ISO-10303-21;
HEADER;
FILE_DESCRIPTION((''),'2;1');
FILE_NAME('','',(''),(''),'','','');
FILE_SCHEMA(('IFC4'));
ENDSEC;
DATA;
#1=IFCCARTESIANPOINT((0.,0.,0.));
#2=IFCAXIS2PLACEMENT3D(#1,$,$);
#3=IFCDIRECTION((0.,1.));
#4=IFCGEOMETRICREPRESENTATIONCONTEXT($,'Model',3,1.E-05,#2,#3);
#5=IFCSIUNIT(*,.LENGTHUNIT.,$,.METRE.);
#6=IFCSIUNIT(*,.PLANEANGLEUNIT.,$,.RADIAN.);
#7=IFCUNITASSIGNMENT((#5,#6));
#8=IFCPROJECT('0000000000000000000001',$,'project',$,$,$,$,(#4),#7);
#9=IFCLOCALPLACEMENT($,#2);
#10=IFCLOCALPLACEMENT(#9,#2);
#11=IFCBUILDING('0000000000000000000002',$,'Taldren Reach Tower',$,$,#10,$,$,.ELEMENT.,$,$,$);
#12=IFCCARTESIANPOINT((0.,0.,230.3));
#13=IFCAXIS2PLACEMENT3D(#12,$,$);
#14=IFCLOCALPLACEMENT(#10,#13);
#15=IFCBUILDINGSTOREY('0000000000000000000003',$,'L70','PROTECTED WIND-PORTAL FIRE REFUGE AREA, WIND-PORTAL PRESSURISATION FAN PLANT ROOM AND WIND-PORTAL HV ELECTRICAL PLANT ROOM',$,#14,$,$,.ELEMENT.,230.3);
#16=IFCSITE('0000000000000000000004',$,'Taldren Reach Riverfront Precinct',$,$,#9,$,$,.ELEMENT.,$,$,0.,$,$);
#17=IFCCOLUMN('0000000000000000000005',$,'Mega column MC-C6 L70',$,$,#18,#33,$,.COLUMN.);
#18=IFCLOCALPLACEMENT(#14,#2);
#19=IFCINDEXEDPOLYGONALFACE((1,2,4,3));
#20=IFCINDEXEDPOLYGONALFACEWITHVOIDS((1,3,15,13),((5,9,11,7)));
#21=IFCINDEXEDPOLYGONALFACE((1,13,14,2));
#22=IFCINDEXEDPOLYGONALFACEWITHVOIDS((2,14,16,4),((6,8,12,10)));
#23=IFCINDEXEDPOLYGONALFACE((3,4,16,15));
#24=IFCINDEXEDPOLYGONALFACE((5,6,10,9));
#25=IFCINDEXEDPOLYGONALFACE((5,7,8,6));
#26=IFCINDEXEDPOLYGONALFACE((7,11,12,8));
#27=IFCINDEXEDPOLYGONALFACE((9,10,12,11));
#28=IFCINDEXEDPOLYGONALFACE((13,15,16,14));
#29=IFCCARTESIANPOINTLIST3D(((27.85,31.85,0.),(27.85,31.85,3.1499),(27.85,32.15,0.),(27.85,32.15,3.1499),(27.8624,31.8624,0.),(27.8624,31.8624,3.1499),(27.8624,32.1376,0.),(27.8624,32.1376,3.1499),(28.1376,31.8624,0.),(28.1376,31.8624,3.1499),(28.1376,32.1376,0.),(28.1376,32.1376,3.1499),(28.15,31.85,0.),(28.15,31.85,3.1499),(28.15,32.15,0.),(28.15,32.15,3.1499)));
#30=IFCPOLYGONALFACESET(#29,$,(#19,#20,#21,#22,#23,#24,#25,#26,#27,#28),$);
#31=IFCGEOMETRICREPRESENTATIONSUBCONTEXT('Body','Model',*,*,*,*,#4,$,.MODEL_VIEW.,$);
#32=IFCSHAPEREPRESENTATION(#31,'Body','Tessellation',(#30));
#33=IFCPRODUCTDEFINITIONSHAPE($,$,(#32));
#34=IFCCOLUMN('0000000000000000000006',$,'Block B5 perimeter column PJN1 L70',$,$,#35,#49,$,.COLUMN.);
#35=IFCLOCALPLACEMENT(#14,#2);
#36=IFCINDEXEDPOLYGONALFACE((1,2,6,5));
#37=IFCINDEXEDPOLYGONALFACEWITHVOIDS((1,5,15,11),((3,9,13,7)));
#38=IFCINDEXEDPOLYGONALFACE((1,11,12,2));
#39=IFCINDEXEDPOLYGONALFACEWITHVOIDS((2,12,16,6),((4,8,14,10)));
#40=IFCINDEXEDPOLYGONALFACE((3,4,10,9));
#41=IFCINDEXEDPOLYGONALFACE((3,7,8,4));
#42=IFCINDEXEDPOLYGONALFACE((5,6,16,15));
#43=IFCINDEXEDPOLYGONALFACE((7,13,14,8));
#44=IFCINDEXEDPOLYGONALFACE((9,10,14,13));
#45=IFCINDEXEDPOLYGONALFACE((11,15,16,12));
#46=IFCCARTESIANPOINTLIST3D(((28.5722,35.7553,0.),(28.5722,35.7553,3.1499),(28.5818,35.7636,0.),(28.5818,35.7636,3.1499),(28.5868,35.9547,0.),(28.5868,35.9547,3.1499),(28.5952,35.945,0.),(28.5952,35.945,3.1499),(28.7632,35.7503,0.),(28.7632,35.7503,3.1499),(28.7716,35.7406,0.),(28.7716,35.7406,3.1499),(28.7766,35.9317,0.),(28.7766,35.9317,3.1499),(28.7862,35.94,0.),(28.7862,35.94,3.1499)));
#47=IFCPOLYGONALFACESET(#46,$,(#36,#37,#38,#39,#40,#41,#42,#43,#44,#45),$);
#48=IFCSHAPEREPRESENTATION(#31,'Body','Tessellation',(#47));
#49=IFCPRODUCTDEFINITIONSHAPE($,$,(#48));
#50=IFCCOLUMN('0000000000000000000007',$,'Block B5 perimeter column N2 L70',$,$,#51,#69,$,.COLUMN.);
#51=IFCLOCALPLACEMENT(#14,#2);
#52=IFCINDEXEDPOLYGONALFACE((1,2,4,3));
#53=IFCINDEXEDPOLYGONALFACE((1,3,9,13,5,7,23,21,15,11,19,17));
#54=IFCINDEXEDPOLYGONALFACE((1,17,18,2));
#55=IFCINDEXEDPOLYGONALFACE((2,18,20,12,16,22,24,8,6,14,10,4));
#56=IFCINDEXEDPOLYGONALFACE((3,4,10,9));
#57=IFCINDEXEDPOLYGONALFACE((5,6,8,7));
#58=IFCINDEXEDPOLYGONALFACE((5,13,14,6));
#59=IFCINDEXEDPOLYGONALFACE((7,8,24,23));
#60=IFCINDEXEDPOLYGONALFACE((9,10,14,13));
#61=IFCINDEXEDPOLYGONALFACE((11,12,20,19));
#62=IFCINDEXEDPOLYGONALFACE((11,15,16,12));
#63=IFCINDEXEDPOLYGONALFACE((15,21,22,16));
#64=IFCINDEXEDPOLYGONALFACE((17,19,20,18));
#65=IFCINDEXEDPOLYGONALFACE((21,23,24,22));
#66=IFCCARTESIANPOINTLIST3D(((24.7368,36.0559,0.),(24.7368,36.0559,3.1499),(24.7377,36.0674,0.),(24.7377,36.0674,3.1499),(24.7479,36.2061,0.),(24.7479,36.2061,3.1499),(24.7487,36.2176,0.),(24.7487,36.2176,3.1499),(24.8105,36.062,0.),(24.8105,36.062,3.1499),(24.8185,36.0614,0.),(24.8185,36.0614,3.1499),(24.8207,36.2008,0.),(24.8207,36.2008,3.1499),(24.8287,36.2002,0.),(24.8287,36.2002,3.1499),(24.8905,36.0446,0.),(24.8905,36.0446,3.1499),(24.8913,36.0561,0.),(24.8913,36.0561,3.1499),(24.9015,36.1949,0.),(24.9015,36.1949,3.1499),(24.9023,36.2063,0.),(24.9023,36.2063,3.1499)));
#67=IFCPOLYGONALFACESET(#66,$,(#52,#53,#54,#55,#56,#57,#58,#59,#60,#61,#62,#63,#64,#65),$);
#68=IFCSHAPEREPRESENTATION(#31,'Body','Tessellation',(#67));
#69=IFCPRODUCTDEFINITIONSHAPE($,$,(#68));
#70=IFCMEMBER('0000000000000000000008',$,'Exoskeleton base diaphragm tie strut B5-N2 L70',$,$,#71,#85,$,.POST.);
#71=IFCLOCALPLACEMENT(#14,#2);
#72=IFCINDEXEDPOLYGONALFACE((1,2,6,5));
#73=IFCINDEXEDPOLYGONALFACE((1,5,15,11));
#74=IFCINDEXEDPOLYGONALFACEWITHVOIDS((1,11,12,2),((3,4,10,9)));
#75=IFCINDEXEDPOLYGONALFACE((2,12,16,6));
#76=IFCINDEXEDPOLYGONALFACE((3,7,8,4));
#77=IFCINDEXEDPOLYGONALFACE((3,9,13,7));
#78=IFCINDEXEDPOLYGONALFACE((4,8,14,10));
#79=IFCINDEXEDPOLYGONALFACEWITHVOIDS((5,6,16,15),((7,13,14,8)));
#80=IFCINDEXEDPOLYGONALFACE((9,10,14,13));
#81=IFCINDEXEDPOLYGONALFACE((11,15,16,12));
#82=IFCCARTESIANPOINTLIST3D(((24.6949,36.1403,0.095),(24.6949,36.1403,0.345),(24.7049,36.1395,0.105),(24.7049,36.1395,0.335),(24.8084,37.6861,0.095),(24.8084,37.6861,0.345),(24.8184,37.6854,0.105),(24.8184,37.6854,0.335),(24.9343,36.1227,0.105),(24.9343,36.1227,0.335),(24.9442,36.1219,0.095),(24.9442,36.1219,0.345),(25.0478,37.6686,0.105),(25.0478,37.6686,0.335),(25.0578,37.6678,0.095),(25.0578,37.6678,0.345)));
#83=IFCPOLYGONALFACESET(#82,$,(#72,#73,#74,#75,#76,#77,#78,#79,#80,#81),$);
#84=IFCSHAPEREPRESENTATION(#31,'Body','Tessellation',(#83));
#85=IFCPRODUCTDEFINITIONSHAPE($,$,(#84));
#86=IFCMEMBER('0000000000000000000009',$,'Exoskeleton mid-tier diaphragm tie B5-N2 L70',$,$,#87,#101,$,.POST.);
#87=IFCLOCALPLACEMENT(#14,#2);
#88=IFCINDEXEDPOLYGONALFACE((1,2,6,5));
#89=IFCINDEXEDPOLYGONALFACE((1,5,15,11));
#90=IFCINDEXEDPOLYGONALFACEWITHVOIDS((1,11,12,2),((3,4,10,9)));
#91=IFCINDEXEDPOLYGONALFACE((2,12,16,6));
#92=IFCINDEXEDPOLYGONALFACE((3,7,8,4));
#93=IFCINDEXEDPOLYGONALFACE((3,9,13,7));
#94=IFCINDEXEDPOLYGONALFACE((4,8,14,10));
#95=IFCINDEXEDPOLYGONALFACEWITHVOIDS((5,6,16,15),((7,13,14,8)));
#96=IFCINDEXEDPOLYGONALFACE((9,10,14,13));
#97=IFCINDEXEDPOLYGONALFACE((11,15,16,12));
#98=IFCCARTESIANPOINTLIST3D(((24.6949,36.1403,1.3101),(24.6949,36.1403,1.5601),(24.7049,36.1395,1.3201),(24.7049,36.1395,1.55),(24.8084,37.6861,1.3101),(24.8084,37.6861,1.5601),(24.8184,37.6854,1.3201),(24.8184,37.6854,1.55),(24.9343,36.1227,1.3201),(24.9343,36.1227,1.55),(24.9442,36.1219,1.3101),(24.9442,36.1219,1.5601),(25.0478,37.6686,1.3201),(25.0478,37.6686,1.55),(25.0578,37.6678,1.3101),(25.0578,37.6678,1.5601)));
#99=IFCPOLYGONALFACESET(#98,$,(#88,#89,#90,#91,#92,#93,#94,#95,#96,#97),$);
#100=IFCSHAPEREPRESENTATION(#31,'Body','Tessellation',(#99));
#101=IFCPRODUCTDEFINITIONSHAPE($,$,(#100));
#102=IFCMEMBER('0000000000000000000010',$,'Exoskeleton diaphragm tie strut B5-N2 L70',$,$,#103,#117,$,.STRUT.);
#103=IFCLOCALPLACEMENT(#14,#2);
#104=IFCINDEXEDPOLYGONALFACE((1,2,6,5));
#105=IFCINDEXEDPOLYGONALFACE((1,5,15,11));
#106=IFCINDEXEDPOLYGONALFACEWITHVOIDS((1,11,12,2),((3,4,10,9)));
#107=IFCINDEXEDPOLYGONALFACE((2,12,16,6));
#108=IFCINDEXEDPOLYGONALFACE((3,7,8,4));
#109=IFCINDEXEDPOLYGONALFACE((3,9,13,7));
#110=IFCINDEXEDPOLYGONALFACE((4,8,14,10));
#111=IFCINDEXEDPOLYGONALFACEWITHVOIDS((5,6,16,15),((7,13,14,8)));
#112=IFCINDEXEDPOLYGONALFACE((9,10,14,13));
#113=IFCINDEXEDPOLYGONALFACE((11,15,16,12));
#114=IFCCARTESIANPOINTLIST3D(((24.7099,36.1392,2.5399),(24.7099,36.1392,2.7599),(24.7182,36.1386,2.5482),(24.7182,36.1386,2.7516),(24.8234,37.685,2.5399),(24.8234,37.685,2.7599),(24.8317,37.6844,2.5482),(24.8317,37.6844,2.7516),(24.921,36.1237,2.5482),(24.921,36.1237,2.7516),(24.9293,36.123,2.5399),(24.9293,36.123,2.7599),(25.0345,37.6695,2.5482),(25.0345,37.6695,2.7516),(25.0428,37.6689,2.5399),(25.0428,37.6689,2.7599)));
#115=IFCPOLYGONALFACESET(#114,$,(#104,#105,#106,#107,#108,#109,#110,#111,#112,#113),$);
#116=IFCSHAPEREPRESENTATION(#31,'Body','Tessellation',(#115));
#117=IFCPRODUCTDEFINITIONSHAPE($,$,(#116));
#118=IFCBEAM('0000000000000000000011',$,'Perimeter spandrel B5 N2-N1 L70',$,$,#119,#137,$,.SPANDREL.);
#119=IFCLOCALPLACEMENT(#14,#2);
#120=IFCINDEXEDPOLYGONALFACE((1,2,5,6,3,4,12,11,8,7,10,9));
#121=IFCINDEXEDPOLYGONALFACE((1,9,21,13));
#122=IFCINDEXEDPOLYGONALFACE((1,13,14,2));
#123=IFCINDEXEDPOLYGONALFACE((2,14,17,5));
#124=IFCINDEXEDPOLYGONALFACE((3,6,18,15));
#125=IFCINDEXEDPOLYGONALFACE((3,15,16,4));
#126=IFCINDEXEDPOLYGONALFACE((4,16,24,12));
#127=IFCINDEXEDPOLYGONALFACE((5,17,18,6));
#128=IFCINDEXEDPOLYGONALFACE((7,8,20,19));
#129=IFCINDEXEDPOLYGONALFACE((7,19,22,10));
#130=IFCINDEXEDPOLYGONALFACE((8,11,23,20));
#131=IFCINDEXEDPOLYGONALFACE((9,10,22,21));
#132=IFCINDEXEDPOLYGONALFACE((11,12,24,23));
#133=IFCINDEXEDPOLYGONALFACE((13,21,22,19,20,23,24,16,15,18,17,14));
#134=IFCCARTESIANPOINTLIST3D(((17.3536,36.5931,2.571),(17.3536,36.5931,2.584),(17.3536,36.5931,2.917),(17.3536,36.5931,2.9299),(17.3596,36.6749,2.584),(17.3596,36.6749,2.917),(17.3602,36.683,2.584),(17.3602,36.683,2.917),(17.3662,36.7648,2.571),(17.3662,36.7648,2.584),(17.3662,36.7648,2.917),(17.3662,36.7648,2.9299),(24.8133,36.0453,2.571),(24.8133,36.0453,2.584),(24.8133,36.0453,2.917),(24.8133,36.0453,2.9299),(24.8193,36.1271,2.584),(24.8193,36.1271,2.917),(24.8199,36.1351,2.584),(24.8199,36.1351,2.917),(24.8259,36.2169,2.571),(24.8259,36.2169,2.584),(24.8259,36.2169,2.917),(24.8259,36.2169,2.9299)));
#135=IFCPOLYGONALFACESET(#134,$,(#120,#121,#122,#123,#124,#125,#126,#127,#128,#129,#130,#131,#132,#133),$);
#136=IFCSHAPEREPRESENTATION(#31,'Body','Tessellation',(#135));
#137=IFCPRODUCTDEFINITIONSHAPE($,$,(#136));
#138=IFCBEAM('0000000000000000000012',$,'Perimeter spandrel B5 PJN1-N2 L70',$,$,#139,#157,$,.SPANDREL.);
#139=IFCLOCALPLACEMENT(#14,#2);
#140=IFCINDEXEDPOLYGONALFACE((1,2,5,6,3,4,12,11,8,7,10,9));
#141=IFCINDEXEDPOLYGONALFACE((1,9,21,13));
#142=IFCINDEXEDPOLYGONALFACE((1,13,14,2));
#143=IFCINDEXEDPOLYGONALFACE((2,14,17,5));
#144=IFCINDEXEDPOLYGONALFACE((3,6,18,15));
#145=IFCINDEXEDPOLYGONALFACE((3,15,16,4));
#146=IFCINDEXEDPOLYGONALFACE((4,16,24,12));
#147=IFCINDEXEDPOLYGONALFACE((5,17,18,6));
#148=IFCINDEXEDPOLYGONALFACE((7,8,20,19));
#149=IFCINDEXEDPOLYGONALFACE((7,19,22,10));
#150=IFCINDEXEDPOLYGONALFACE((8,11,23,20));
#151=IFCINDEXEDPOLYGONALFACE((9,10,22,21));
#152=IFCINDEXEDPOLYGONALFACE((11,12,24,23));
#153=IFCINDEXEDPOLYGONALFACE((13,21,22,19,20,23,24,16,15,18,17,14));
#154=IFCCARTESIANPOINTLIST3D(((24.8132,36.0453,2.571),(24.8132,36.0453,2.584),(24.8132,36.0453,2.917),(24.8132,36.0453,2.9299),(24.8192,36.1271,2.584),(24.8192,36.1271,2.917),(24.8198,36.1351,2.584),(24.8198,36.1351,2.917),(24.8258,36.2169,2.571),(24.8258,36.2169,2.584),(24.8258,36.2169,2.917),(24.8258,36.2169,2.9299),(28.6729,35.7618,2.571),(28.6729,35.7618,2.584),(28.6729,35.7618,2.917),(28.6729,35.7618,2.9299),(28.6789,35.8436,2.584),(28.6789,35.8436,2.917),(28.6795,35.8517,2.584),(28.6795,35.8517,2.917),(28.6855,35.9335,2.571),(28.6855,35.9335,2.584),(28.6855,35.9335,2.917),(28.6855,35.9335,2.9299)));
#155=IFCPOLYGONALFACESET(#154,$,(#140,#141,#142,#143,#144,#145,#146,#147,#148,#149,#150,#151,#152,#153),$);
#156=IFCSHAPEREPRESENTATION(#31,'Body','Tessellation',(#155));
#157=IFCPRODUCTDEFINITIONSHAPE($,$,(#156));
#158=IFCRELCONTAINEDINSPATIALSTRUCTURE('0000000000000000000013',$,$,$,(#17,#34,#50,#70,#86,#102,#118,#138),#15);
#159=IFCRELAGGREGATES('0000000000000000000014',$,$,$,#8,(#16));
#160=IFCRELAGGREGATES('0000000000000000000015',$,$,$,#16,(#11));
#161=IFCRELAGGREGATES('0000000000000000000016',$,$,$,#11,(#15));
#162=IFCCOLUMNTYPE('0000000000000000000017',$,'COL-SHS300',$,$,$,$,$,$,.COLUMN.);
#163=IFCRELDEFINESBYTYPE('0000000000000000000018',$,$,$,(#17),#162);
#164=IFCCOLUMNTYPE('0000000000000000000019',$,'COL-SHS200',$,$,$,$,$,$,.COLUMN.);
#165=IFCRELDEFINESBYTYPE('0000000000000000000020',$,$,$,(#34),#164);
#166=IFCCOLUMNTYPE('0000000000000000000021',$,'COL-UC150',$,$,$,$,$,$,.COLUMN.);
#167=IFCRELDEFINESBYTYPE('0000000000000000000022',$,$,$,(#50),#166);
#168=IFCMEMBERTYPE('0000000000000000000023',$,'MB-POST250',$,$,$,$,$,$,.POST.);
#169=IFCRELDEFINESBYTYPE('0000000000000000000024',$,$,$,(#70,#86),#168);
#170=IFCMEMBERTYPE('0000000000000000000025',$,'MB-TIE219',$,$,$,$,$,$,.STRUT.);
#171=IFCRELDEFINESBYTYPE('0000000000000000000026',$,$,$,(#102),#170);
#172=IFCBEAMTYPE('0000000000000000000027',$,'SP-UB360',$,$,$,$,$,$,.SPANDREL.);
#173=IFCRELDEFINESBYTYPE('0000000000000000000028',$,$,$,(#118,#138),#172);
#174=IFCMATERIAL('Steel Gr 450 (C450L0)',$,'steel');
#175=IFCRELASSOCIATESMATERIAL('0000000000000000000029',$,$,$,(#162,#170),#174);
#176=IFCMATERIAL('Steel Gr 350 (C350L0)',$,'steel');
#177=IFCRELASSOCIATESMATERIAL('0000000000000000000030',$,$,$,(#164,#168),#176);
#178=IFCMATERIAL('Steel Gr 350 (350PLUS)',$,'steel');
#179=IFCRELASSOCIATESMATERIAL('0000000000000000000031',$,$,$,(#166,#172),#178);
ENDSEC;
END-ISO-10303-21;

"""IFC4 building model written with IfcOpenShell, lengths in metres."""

from ifc_helpers import new_model, si_unit, direction, frame, origin, origin_2d, place, context, subcontext, project, spatial, hollow_rectangle, i_section, extrude, source, transform, mapped, material, material_profile, profile_set, type_object, element, save


model = new_model("IFC4")

# Units and contexts
model_context = context("Model", 3, precision=1e-05, world=origin(), true_north=direction((0.0, 1.0)))
body_context = subcontext(model_context, "Body", "Model", "MODEL_VIEW")
ifc_project = project(units=[si_unit("LENGTHUNIT", "METRE"), si_unit("PLANEANGLEUNIT", "RADIAN")], contexts=[model_context])

# Site, building, storey
site_placement = place(None, origin())
site = spatial("IfcSite", under=ifc_project, at=site_placement, Name="Taldren Reach Riverfront Precinct", CompositionType="ELEMENT", RefElevation=0.0)
building_placement = place(site_placement, origin())
building = spatial("IfcBuilding", under=site, at=building_placement, Name="Taldren Reach Tower", CompositionType="ELEMENT")
storey_placement = place(building_placement, frame((0.0, 0.0, 230.3)))
storey = spatial("IfcBuildingStorey", under=building, at=storey_placement, Name="L70", Description="PROTECTED WIND-PORTAL FIRE REFUGE AREA, WIND-PORTAL PRESSURISATION FAN PLANT ROOM AND WIND-PORTAL HV ELECTRICAL PLANT ROOM", CompositionType="ELEMENT", Elevation=230.3)

# Columns
ifc_material_1 = material(Name="Steel Gr 450 (C450L0)", Category="steel")
ifc_material_profile_1 = material_profile(ifc_material_1, hollow_rectangle(XDim=0.3, YDim=0.3, WallThickness=0.0125, at=origin_2d()), Name="300x300x12.5SHS")
ifc_profile_set_1 = profile_set([ifc_material_profile_1], Name="Steel Gr 450 (C450L0)")
column_type_1 = type_object("IfcColumnType", Name="COL-SHS300", PredefinedType="COLUMN", material=ifc_profile_set_1)
shared_shape_1 = source(origin(), body_context, "Body", "SweptSolid", [
    extrude(hollow_rectangle(XDim=0.3, YDim=0.3, WallThickness=0.0125, at=origin_2d()), origin(), (0.0, 0.0, 1.0), 3.1499),
])
column_1_placement = place(storey_placement, frame((28.0, 32.0, 0.0), z_axis=(0.0, 0.0, 1.0), x_axis=(1.0, 0.0, 0.0)))
element("IfcColumn", 1, at=column_1_placement, inside=storey, type_object=column_type_1, Name="Mega column MC-C6 L70", PredefinedType="COLUMN", context=body_context, shape_type="MappedRepresentation", body=[
    mapped(shared_shape_1, transform((0.0, 0.0, 0.0), scale=1.0)),
])
ifc_material_2 = material(Name="Steel Gr 350 (C350L0)", Category="steel")
ifc_material_profile_2 = material_profile(ifc_material_2, hollow_rectangle(XDim=0.2, YDim=0.2, WallThickness=0.009, at=origin_2d()), Name="200x200x9.0SHS")
ifc_profile_set_2 = profile_set([ifc_material_profile_2], Name="Steel Gr 350 (C350L0)")
column_type_2 = type_object("IfcColumnType", Name="COL-SHS200", PredefinedType="COLUMN", material=ifc_profile_set_2)
shared_shape_2 = source(origin(), body_context, "Body", "SweptSolid", [
    extrude(hollow_rectangle(XDim=0.2, YDim=0.2, WallThickness=0.009, at=origin_2d()), origin(), (0.0, 0.0, 1.0), 3.1499),
])
column_2_placement = place(storey_placement, frame((28.6792, 35.8477, 0.0), z_axis=(0.0, 0.0, 1.0), x_axis=(0.997314, -0.073238, 0.0)))
element("IfcColumn", 2, at=column_2_placement, inside=storey, type_object=column_type_2, Name="Block B5 perimeter column PJN1 L70", PredefinedType="COLUMN", context=body_context, shape_type="MappedRepresentation", body=[
    mapped(shared_shape_2, transform((0.0, 0.0, 0.0), scale=1.0)),
])
ifc_material_3 = material(Name="Steel Gr 350 (350PLUS)", Category="steel")
ifc_material_profile_3 = material_profile(ifc_material_3, i_section(OverallWidth=0.1541, OverallDepth=0.1621, WebThickness=0.0081, FlangeThickness=0.0115, at=origin_2d()), Name="150UC37.2")
ifc_profile_set_3 = profile_set([ifc_material_profile_3], Name="Steel Gr 350 (350PLUS)")
column_type_3 = type_object("IfcColumnType", Name="COL-UC150", PredefinedType="COLUMN", material=ifc_profile_set_3)
shared_shape_3 = source(origin(), body_context, "Body", "SweptSolid", [
    extrude(i_section(OverallWidth=0.1541, OverallDepth=0.1621, WebThickness=0.0081, FlangeThickness=0.0115, at=origin_2d()), origin(), (0.0, 0.0, 1.0), 3.1499),
])
column_3_placement = place(storey_placement, frame((24.8196, 36.1311, 0.0), z_axis=(0.0, 0.0, 1.0), x_axis=(0.997314, -0.073238, 0.0)))
element("IfcColumn", 3, at=column_3_placement, inside=storey, type_object=column_type_3, Name="Block B5 perimeter column N2 L70", PredefinedType="COLUMN", context=body_context, shape_type="MappedRepresentation", body=[
    mapped(shared_shape_3, transform((0.0, 0.0, 0.0), scale=1.0)),
])

# Members
ifc_material_profile_4 = material_profile(ifc_material_2, hollow_rectangle(XDim=0.25, YDim=0.25, WallThickness=0.01, at=origin_2d()), Name="250x250x10.0SHS")
ifc_profile_set_4 = profile_set([ifc_material_profile_4], Name="Steel Gr 350 (C350L0)")
member_type_1 = type_object("IfcMemberType", Name="MB-POST250", PredefinedType="POST", material=ifc_profile_set_4)
shared_shape_4 = source(origin(), body_context, "Body", "SweptSolid", [
    extrude(hollow_rectangle(XDim=0.25, YDim=0.25, WallThickness=0.01, at=origin_2d()), origin(), (0.0, 0.0, 1.0), 1.55),
])
for number, where, z_axis, x_axis, name in (
    (4, (24.8196, 36.1311, 0.22), (0.073239, 0.997314, 0.0), (-0.997314, 0.073239, 0.0), "Exoskeleton base diaphragm tie strut B5-N2 L70"),
    (5, (24.8196, 36.1311, 1.4351), (0.073239, 0.997314, 0.0), (-0.997314, 0.073239, 0.0), "Exoskeleton mid-tier diaphragm tie B5-N2 L70"),
):
    element("IfcMember", number, at=place(storey_placement, frame(where, z_axis=z_axis, x_axis=x_axis)), inside=storey, type_object=member_type_1, Name=name, PredefinedType="POST", context=body_context, shape_type="MappedRepresentation", body=[
        mapped(shared_shape_4, transform((0.0, 0.0, 0.0), scale=1.0)),
    ])
ifc_material_profile_5 = material_profile(ifc_material_1, hollow_rectangle(XDim=0.22, YDim=0.22, WallThickness=0.0083, at=origin_2d()), Name="220x220x8.2SHS")
ifc_profile_set_5 = profile_set([ifc_material_profile_5], Name="Steel Gr 450 (C450L0)")
member_type_2 = type_object("IfcMemberType", Name="MB-TIE219", PredefinedType="STRUT", material=ifc_profile_set_5)
shared_shape_5 = source(origin(), body_context, "Body", "SweptSolid", [
    extrude(hollow_rectangle(XDim=0.22, YDim=0.22, WallThickness=0.0083, at=origin_2d()), origin(), (0.0, 0.0, 1.0), 1.55),
])
member_1_placement = place(storey_placement, frame((24.8196, 36.1311, 2.6499), z_axis=(0.073239, 0.997314, 0.0), x_axis=(-0.997314, 0.073239, 0.0)))
element("IfcMember", 6, at=member_1_placement, inside=storey, type_object=member_type_2, Name="Exoskeleton diaphragm tie strut B5-N2 L70", PredefinedType="STRUT", context=body_context, shape_type="MappedRepresentation", body=[
    mapped(shared_shape_5, transform((0.0, 0.0, 0.0), scale=1.0)),
])

# Beams
ifc_material_profile_6 = material_profile(ifc_material_3, i_section(OverallWidth=0.1721, OverallDepth=0.3589, WebThickness=0.0081, FlangeThickness=0.0129, at=origin_2d()), Name="360UB56.7")
ifc_profile_set_6 = profile_set([ifc_material_profile_6], Name="Steel Gr 350 (350PLUS)")
beam_type_1 = type_object("IfcBeamType", Name="SP-UB360", PredefinedType="SPANDREL", material=ifc_profile_set_6)
shared_shape_6 = source(origin(), body_context, "Body", "SweptSolid", [
    extrude(i_section(OverallWidth=0.1721, OverallDepth=0.3589, WebThickness=0.0081, FlangeThickness=0.0129, at=origin_2d()), origin(), (0.0, 0.0, 1.0), 7.4797),
])
beam_1_placement = place(storey_placement, frame((24.8196, 36.1311, 2.7505), z_axis=(-0.997314, 0.073244, 0.0), x_axis=(-0.073244, -0.997314, 0.0)))
element("IfcBeam", 7, at=beam_1_placement, inside=storey, type_object=beam_type_1, Name="Perimeter spandrel B5 N2-N1 L70", PredefinedType="SPANDREL", context=body_context, shape_type="MappedRepresentation", body=[
    mapped(shared_shape_6, transform((0.0, 0.0, 0.0), scale=1.0)),
])
shared_shape_7 = source(origin(), body_context, "Body", "SweptSolid", [
    extrude(i_section(OverallWidth=0.1721, OverallDepth=0.3589, WebThickness=0.0081, FlangeThickness=0.0129, at=origin_2d()), origin(), (0.0, 0.0, 1.0), 3.8701),
])
beam_2_placement = place(storey_placement, frame((28.6792, 35.8477, 2.7505), z_axis=(-0.997314, 0.073242, 0.0), x_axis=(-0.073242, -0.997314, 0.0)))
element("IfcBeam", 8, at=beam_2_placement, inside=storey, type_object=beam_type_1, Name="Perimeter spandrel B5 PJN1-N2 L70", PredefinedType="SPANDREL", context=body_context, shape_type="MappedRepresentation", body=[
    mapped(shared_shape_7, transform((0.0, 0.0, 0.0), scale=1.0)),
])

save(model, "model.ifc")
